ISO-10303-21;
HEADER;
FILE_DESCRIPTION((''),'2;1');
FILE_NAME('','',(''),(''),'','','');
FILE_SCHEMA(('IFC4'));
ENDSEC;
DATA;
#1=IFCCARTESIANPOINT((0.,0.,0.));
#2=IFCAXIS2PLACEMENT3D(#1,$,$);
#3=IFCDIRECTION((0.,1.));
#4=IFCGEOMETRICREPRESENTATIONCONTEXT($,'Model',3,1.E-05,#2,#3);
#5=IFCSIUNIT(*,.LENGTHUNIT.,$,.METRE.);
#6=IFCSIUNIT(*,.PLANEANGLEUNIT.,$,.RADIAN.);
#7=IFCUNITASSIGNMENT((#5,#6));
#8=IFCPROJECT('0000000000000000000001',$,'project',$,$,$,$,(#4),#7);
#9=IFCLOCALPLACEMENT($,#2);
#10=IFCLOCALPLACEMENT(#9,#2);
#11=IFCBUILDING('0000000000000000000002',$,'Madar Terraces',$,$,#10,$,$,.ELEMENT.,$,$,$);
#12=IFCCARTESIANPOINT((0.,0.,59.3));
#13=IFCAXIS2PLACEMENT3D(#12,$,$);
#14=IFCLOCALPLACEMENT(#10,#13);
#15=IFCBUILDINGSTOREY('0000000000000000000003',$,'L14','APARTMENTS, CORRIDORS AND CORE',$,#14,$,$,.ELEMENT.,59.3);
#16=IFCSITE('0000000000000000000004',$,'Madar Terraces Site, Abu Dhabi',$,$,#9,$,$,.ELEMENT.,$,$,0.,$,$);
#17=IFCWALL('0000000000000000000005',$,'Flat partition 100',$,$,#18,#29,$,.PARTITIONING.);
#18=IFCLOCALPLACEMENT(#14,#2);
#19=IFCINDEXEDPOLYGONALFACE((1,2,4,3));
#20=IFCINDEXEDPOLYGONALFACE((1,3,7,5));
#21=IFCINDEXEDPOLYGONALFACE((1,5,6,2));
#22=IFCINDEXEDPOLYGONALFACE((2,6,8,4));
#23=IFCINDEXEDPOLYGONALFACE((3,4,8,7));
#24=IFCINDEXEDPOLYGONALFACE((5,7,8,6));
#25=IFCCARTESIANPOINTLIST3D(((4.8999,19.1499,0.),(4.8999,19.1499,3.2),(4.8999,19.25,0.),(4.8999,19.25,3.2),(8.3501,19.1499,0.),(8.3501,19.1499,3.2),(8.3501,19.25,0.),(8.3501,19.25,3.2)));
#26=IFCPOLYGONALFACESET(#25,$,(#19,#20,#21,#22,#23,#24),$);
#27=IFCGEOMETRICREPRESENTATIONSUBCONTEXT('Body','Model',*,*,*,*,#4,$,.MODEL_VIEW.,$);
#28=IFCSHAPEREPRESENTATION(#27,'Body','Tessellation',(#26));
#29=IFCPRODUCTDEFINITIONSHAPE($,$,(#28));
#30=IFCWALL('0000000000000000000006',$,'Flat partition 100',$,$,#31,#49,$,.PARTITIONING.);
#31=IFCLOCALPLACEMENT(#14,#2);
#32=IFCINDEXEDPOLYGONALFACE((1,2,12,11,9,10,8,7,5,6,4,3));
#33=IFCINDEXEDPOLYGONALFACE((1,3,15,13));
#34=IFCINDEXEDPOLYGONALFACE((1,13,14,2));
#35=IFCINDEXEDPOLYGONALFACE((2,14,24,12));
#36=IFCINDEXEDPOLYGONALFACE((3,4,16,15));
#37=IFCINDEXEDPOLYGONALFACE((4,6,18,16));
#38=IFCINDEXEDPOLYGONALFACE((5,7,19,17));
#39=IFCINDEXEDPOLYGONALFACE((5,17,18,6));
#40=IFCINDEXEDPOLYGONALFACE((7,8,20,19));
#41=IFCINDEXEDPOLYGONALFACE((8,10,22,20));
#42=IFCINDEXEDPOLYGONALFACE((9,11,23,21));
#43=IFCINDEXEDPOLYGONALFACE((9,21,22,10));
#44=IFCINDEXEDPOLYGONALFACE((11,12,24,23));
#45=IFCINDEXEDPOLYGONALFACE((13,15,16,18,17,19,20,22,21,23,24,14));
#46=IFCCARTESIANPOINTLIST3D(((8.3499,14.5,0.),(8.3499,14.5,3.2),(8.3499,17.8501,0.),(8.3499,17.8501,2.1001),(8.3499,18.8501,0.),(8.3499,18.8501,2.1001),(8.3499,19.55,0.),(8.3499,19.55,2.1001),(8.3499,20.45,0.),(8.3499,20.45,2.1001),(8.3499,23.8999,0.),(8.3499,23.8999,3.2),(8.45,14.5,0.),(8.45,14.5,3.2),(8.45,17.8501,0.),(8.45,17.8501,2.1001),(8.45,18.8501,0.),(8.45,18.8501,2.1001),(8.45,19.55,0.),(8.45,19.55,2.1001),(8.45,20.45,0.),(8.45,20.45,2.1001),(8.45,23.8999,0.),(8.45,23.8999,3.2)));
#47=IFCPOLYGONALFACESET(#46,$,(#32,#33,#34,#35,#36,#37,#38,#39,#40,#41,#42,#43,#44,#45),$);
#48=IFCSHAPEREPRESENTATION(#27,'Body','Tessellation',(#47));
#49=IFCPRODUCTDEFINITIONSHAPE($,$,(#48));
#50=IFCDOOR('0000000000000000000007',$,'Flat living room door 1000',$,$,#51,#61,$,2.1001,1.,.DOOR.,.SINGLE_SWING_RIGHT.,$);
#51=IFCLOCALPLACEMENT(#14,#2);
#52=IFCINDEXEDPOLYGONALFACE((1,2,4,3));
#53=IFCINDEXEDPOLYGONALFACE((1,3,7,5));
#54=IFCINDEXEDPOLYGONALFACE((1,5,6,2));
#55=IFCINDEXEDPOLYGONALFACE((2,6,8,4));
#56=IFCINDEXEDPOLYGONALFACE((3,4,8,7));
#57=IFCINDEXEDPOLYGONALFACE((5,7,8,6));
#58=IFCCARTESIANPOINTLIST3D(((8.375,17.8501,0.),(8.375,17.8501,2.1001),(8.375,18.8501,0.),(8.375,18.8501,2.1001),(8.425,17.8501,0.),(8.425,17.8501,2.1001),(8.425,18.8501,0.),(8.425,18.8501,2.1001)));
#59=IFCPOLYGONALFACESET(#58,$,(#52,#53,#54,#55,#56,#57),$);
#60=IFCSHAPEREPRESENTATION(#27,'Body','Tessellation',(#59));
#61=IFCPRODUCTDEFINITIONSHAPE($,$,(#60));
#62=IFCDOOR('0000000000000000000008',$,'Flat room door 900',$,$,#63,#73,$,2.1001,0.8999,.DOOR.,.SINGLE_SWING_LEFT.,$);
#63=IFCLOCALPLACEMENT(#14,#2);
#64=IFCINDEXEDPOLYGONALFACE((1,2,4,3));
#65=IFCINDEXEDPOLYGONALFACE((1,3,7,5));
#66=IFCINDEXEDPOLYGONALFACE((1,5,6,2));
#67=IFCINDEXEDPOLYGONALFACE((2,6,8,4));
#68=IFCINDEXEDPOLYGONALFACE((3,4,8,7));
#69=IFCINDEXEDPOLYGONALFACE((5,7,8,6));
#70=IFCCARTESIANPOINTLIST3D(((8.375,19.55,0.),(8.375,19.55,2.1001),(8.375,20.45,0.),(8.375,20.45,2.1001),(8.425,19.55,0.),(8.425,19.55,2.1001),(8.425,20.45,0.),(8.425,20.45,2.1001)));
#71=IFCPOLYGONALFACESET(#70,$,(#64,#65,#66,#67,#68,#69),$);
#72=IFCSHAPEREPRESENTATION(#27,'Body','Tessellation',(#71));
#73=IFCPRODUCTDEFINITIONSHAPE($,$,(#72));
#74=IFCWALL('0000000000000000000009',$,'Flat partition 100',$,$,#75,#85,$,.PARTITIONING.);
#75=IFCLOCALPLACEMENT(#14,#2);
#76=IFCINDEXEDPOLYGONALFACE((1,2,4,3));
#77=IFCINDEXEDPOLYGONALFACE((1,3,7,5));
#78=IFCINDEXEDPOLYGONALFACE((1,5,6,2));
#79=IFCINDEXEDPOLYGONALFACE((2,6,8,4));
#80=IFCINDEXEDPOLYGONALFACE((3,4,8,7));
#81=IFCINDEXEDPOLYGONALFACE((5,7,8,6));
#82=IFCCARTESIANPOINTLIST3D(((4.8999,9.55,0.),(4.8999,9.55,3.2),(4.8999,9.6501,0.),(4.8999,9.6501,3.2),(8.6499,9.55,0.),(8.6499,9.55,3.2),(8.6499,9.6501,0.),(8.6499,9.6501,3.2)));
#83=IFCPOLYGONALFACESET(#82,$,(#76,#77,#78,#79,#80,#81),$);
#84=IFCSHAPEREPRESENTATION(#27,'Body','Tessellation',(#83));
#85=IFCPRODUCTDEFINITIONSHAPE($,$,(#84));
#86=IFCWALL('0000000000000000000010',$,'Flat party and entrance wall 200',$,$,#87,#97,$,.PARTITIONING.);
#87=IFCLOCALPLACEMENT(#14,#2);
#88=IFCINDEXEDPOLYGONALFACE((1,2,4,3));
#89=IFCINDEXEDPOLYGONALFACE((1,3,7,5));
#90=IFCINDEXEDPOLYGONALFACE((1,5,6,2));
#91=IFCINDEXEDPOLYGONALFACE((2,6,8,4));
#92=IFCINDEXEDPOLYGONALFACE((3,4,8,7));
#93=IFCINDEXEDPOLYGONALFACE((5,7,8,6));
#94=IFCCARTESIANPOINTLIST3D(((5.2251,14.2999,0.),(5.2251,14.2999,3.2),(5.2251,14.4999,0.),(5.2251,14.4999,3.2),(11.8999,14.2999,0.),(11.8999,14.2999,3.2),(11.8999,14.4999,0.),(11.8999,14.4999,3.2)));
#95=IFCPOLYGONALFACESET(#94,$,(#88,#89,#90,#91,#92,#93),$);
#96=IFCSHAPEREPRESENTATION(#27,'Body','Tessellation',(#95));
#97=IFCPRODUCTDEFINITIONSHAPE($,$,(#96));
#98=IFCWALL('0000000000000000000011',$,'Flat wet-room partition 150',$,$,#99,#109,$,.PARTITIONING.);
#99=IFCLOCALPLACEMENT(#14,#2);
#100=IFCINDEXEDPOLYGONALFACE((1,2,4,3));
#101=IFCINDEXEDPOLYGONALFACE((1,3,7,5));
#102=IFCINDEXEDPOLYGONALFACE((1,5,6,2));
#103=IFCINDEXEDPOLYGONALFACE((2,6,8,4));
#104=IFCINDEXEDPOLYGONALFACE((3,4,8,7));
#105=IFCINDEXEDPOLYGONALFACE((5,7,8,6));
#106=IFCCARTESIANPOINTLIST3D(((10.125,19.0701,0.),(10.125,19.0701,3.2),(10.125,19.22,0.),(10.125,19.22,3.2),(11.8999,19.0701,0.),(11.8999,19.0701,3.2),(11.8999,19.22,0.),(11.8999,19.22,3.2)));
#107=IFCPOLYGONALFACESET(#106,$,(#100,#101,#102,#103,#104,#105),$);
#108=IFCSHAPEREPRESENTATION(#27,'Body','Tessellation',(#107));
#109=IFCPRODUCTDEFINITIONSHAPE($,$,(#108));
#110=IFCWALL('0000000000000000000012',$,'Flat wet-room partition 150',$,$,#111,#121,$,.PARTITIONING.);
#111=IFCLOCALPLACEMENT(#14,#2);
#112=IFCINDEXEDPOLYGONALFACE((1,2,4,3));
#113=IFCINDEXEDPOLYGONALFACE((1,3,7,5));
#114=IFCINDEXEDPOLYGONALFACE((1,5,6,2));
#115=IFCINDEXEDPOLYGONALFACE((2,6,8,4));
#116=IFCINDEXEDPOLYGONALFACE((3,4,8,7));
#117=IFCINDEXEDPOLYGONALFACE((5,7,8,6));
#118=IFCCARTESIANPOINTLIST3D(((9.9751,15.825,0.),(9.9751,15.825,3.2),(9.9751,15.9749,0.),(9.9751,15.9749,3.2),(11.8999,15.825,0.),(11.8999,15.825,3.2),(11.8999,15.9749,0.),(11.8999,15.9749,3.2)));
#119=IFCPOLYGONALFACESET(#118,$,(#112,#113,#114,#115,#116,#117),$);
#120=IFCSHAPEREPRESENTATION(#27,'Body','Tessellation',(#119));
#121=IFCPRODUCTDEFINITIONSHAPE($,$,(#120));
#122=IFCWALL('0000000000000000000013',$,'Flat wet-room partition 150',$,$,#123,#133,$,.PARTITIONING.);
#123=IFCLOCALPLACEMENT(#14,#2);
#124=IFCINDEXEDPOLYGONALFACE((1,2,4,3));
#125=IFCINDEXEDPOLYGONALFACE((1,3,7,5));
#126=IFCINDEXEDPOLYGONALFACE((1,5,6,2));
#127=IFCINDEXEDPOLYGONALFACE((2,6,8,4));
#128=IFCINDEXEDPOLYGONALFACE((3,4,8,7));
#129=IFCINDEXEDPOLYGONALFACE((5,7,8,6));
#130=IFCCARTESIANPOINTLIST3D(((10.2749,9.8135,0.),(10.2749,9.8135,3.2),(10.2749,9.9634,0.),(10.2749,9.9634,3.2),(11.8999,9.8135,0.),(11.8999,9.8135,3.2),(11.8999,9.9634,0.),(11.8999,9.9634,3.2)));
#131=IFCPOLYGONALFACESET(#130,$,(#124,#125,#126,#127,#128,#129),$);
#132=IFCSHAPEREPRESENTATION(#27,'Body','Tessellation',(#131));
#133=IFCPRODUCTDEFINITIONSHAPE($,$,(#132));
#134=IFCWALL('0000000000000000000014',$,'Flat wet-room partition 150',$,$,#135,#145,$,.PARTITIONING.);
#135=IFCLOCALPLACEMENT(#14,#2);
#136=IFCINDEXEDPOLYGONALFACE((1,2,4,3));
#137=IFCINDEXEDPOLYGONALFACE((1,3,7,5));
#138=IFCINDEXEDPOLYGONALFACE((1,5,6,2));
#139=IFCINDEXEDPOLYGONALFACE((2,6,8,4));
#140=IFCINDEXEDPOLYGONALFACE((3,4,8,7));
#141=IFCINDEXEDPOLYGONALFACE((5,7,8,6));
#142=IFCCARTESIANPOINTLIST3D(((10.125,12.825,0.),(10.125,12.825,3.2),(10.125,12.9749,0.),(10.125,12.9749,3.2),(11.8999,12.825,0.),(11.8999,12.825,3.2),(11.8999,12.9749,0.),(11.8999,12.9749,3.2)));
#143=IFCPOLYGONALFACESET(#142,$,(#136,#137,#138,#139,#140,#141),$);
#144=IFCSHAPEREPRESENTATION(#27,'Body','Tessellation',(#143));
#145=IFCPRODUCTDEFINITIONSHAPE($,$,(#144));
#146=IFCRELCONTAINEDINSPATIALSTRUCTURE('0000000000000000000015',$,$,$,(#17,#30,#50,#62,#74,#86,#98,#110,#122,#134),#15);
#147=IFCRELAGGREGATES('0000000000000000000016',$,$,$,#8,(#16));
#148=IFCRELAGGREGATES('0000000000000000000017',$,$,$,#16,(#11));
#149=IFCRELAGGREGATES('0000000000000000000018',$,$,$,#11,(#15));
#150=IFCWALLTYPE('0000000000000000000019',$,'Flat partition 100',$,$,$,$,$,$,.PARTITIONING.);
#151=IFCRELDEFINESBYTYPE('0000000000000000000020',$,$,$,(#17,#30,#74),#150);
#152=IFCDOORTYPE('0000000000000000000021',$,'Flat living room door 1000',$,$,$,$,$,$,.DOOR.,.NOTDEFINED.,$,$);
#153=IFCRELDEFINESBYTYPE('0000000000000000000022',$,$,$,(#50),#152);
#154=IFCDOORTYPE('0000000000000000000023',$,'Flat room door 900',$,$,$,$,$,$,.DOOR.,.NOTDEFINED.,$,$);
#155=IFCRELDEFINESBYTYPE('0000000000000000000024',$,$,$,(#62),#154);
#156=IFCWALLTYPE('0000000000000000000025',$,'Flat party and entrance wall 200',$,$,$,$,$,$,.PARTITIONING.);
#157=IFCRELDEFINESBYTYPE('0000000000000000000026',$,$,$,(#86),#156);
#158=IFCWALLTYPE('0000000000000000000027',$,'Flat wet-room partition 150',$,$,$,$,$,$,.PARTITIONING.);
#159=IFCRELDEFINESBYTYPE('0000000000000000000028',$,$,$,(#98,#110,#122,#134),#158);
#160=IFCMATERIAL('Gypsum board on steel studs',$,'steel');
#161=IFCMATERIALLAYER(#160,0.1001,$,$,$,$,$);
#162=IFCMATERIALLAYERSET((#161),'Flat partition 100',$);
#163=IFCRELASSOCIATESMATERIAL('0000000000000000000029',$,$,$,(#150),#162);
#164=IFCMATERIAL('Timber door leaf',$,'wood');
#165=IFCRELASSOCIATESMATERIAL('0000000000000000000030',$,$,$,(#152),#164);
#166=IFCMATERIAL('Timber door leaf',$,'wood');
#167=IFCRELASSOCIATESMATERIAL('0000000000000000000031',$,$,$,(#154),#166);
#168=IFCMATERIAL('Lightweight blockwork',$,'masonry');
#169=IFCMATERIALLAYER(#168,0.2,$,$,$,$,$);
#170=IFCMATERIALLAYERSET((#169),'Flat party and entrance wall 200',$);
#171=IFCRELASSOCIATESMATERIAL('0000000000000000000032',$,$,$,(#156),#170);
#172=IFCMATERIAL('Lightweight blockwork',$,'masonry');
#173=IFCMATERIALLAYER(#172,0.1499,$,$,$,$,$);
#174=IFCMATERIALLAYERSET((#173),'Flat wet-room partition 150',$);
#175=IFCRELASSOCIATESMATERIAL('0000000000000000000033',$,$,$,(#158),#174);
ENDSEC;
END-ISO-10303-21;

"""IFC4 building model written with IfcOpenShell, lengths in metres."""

from ifc_helpers import new_model, si_unit, direction, frame, frame_2d, origin, place, context, subcontext, project, spatial, rectangle, extrude, material, layer, layer_set, type_object, element, fill, save


model = new_model("IFC4")

# Units and contexts
model_context = context("Model", 3, precision=1e-05, world=origin(), true_north=direction((0.0, 1.0)))
body_context = subcontext(model_context, "Body", "Model", "MODEL_VIEW")
ifc_project = project(units=[si_unit("LENGTHUNIT", "METRE"), si_unit("PLANEANGLEUNIT", "RADIAN")], contexts=[model_context])

# Site, building, storey
site_placement = place(None, origin())
site = spatial("IfcSite", under=ifc_project, at=site_placement, Name="Madar Terraces Site, Abu Dhabi", CompositionType="ELEMENT", RefElevation=0.0)
building_placement = place(site_placement, origin())
building = spatial("IfcBuilding", under=site, at=building_placement, Name="Madar Terraces", CompositionType="ELEMENT")
storey_placement = place(building_placement, frame((0.0, 0.0, 59.3)))
storey = spatial("IfcBuildingStorey", under=building, at=storey_placement, Name="L14", Description="APARTMENTS, CORRIDORS AND CORE", CompositionType="ELEMENT", Elevation=59.3)

# Wall
ifc_material_1 = material(Name="Gypsum board on steel studs", Category="steel")
ifc_layer_1 = layer(ifc_material_1, 0.1001)
ifc_layer_set_1 = layer_set([ifc_layer_1], Name="Flat partition 100")
wall_type_1 = type_object("IfcWallType", Name="Flat partition 100", PredefinedType="PARTITIONING", material=ifc_layer_set_1)
wall_1_placement = place(storey_placement, frame((8.3501, 19.2, 0.0), z_axis=(0.0, 0.0, 1.0), x_axis=(-1.0, 0.0, 0.0)))
element("IfcWall", 1, at=wall_1_placement, inside=storey, type_object=wall_type_1, Name="Flat partition 100", PredefinedType="PARTITIONING", context=body_context, shape_type="SweptSolid", body=[
    extrude(rectangle(XDim=3.4502, YDim=0.1001, at=frame_2d((1.7251, 0.0))), origin(), (0.0, 0.0, 1.0), 3.2),
])

# Wall, openings, doors
wall_2_placement = place(storey_placement, frame((8.3999, 14.5, 0.0), z_axis=(0.0, 0.0, 1.0), x_axis=(0.0, 1.0, 0.0)))
wall_2 = element("IfcWall", 2, at=wall_2_placement, inside=storey, type_object=wall_type_1, Name="Flat partition 100", PredefinedType="PARTITIONING", context=body_context, shape_type="SweptSolid", body=[
    extrude(rectangle(XDim=9.3999, YDim=0.1001, at=frame_2d((4.7, 0.0))), origin(), (0.0, 0.0, 1.0), 3.2),
])
opening_1_placement = place(wall_2_placement, frame((3.3501, 0.0, 0.0)))
opening_1 = element("IfcOpeningElement", 3, at=opening_1_placement, cuts=wall_2, PredefinedType="OPENING", context=body_context, shape_type="SweptSolid", body=[
    extrude(rectangle(XDim=1.0, YDim=2.1001, at=frame_2d((0.5, 1.05))), frame((0.0, 0.0601, 0.0), z_axis=(0.0, -1.0, 0.0), x_axis=(1.0, 0.0, 0.0)), (0.0, 0.0, 1.0), 0.1201),
])
opening_2_placement = place(wall_2_placement, frame((5.05, 0.0, 0.0)))
opening_2 = element("IfcOpeningElement", 4, at=opening_2_placement, cuts=wall_2, PredefinedType="OPENING", context=body_context, shape_type="SweptSolid", body=[
    extrude(rectangle(XDim=0.8999, YDim=2.1001, at=frame_2d((0.45, 1.05))), frame((0.0, 0.0601, 0.0), z_axis=(0.0, -1.0, 0.0), x_axis=(1.0, 0.0, 0.0)), (0.0, 0.0, 1.0), 0.1201),
])
ifc_material_2 = material(Name="Timber door leaf", Category="wood")
door_type_1 = type_object("IfcDoorType", Name="Flat living room door 1000", OperationType="NOTDEFINED", PredefinedType="DOOR", material=ifc_material_2)
door_1_placement = place(opening_1_placement, origin())
door_1 = element("IfcDoor", 5, at=door_1_placement, inside=storey, type_object=door_type_1, Name="Flat living room door 1000", OperationType="SINGLE_SWING_RIGHT", OverallHeight=2.1001, OverallWidth=1.0, PredefinedType="DOOR", context=body_context, shape_type="SweptSolid", body=[
    extrude(rectangle(XDim=1.0, YDim=2.1001, at=frame_2d((0.5, 1.05))), frame((0.0, 0.0249, 0.0), z_axis=(0.0, -1.0, 0.0), x_axis=(1.0, 0.0, 0.0)), (0.0, 0.0, 1.0), 0.05),
])
fill(opening_1, door_1)
ifc_material_3 = material(Name="Timber door leaf", Category="wood")
door_type_2 = type_object("IfcDoorType", Name="Flat room door 900", OperationType="NOTDEFINED", PredefinedType="DOOR", material=ifc_material_3)
door_2_placement = place(opening_2_placement, origin())
door_2 = element("IfcDoor", 6, at=door_2_placement, inside=storey, type_object=door_type_2, Name="Flat room door 900", OperationType="SINGLE_SWING_LEFT", OverallHeight=2.1001, OverallWidth=0.8999, PredefinedType="DOOR", context=body_context, shape_type="SweptSolid", body=[
    extrude(rectangle(XDim=0.8999, YDim=2.1001, at=frame_2d((0.45, 1.05))), frame((0.0, 0.0249, 0.0), z_axis=(0.0, -1.0, 0.0), x_axis=(1.0, 0.0, 0.0)), (0.0, 0.0, 1.0), 0.05),
])
fill(opening_2, door_2)

# Walls
wall_3_placement = place(storey_placement, frame((8.6499, 9.6001, 0.0), z_axis=(0.0, 0.0, 1.0), x_axis=(-1.0, 0.0, 0.0)))
element("IfcWall", 7, at=wall_3_placement, inside=storey, type_object=wall_type_1, Name="Flat partition 100", PredefinedType="PARTITIONING", context=body_context, shape_type="SweptSolid", body=[
    extrude(rectangle(XDim=3.75, YDim=0.1001, at=frame_2d((1.875, 0.0))), origin(), (0.0, 0.0, 1.0), 3.2),
])
ifc_material_4 = material(Name="Lightweight blockwork", Category="masonry")
ifc_layer_2 = layer(ifc_material_4, 0.2)
ifc_layer_set_2 = layer_set([ifc_layer_2], Name="Flat party and entrance wall 200")
wall_type_2 = type_object("IfcWallType", Name="Flat party and entrance wall 200", PredefinedType="PARTITIONING", material=ifc_layer_set_2)
wall_4_placement = place(storey_placement, frame((5.2251, 14.3999, 0.0), z_axis=(0.0, 0.0, 1.0), x_axis=(1.0, 0.0, 0.0)))
element("IfcWall", 8, at=wall_4_placement, inside=storey, type_object=wall_type_2, Name="Flat party and entrance wall 200", PredefinedType="PARTITIONING", context=body_context, shape_type="SweptSolid", body=[
    extrude(rectangle(XDim=6.6748, YDim=0.2, at=frame_2d((3.3374, 0.0))), origin(), (0.0, 0.0, 1.0), 3.2),
])
ifc_material_5 = material(Name="Lightweight blockwork", Category="masonry")
ifc_layer_3 = layer(ifc_material_5, 0.1499)
ifc_layer_set_3 = layer_set([ifc_layer_3], Name="Flat wet-room partition 150")
wall_type_3 = type_object("IfcWallType", Name="Flat wet-room partition 150", PredefinedType="PARTITIONING", material=ifc_layer_set_3)
wall_5_placement = place(storey_placement, frame((11.8999, 19.145, 0.0), z_axis=(0.0, 0.0, 1.0), x_axis=(-1.0, 0.0, 0.0)))
element("IfcWall", 9, at=wall_5_placement, inside=storey, type_object=wall_type_3, Name="Flat wet-room partition 150", PredefinedType="PARTITIONING", context=body_context, shape_type="SweptSolid", body=[
    extrude(rectangle(XDim=1.7749, YDim=0.1499, at=frame_2d((0.8875, 0.0))), origin(), (0.0, 0.0, 1.0), 3.2),
])
wall_6_placement = place(storey_placement, frame((11.8999, 15.8999, 0.0), z_axis=(0.0, 0.0, 1.0), x_axis=(-1.0, 0.0, 0.0)))
element("IfcWall", 10, at=wall_6_placement, inside=storey, type_object=wall_type_3, Name="Flat wet-room partition 150", PredefinedType="PARTITIONING", context=body_context, shape_type="SweptSolid", body=[
    extrude(rectangle(XDim=1.9248, YDim=0.1499, at=frame_2d((0.9624, 0.0))), origin(), (0.0, 0.0, 1.0), 3.2),
])
wall_7_placement = place(storey_placement, frame((11.8999, 9.8884, 0.0), z_axis=(0.0, 0.0, 1.0), x_axis=(-1.0, 0.0, 0.0)))
element("IfcWall", 11, at=wall_7_placement, inside=storey, type_object=wall_type_3, Name="Flat wet-room partition 150", PredefinedType="PARTITIONING", context=body_context, shape_type="SweptSolid", body=[
    extrude(rectangle(XDim=1.625, YDim=0.1499, at=frame_2d((0.8125, 0.0))), origin(), (0.0, 0.0, 1.0), 3.2),
])
wall_8_placement = place(storey_placement, frame((11.8999, 12.8999, 0.0), z_axis=(0.0, 0.0, 1.0), x_axis=(-1.0, 0.0, 0.0)))
element("IfcWall", 12, at=wall_8_placement, inside=storey, type_object=wall_type_3, Name="Flat wet-room partition 150", PredefinedType="PARTITIONING", context=body_context, shape_type="SweptSolid", body=[
    extrude(rectangle(XDim=1.7749, YDim=0.1499, at=frame_2d((0.8875, 0.0))), origin(), (0.0, 0.0, 1.0), 3.2),
])

save(model, "model.ifc")
